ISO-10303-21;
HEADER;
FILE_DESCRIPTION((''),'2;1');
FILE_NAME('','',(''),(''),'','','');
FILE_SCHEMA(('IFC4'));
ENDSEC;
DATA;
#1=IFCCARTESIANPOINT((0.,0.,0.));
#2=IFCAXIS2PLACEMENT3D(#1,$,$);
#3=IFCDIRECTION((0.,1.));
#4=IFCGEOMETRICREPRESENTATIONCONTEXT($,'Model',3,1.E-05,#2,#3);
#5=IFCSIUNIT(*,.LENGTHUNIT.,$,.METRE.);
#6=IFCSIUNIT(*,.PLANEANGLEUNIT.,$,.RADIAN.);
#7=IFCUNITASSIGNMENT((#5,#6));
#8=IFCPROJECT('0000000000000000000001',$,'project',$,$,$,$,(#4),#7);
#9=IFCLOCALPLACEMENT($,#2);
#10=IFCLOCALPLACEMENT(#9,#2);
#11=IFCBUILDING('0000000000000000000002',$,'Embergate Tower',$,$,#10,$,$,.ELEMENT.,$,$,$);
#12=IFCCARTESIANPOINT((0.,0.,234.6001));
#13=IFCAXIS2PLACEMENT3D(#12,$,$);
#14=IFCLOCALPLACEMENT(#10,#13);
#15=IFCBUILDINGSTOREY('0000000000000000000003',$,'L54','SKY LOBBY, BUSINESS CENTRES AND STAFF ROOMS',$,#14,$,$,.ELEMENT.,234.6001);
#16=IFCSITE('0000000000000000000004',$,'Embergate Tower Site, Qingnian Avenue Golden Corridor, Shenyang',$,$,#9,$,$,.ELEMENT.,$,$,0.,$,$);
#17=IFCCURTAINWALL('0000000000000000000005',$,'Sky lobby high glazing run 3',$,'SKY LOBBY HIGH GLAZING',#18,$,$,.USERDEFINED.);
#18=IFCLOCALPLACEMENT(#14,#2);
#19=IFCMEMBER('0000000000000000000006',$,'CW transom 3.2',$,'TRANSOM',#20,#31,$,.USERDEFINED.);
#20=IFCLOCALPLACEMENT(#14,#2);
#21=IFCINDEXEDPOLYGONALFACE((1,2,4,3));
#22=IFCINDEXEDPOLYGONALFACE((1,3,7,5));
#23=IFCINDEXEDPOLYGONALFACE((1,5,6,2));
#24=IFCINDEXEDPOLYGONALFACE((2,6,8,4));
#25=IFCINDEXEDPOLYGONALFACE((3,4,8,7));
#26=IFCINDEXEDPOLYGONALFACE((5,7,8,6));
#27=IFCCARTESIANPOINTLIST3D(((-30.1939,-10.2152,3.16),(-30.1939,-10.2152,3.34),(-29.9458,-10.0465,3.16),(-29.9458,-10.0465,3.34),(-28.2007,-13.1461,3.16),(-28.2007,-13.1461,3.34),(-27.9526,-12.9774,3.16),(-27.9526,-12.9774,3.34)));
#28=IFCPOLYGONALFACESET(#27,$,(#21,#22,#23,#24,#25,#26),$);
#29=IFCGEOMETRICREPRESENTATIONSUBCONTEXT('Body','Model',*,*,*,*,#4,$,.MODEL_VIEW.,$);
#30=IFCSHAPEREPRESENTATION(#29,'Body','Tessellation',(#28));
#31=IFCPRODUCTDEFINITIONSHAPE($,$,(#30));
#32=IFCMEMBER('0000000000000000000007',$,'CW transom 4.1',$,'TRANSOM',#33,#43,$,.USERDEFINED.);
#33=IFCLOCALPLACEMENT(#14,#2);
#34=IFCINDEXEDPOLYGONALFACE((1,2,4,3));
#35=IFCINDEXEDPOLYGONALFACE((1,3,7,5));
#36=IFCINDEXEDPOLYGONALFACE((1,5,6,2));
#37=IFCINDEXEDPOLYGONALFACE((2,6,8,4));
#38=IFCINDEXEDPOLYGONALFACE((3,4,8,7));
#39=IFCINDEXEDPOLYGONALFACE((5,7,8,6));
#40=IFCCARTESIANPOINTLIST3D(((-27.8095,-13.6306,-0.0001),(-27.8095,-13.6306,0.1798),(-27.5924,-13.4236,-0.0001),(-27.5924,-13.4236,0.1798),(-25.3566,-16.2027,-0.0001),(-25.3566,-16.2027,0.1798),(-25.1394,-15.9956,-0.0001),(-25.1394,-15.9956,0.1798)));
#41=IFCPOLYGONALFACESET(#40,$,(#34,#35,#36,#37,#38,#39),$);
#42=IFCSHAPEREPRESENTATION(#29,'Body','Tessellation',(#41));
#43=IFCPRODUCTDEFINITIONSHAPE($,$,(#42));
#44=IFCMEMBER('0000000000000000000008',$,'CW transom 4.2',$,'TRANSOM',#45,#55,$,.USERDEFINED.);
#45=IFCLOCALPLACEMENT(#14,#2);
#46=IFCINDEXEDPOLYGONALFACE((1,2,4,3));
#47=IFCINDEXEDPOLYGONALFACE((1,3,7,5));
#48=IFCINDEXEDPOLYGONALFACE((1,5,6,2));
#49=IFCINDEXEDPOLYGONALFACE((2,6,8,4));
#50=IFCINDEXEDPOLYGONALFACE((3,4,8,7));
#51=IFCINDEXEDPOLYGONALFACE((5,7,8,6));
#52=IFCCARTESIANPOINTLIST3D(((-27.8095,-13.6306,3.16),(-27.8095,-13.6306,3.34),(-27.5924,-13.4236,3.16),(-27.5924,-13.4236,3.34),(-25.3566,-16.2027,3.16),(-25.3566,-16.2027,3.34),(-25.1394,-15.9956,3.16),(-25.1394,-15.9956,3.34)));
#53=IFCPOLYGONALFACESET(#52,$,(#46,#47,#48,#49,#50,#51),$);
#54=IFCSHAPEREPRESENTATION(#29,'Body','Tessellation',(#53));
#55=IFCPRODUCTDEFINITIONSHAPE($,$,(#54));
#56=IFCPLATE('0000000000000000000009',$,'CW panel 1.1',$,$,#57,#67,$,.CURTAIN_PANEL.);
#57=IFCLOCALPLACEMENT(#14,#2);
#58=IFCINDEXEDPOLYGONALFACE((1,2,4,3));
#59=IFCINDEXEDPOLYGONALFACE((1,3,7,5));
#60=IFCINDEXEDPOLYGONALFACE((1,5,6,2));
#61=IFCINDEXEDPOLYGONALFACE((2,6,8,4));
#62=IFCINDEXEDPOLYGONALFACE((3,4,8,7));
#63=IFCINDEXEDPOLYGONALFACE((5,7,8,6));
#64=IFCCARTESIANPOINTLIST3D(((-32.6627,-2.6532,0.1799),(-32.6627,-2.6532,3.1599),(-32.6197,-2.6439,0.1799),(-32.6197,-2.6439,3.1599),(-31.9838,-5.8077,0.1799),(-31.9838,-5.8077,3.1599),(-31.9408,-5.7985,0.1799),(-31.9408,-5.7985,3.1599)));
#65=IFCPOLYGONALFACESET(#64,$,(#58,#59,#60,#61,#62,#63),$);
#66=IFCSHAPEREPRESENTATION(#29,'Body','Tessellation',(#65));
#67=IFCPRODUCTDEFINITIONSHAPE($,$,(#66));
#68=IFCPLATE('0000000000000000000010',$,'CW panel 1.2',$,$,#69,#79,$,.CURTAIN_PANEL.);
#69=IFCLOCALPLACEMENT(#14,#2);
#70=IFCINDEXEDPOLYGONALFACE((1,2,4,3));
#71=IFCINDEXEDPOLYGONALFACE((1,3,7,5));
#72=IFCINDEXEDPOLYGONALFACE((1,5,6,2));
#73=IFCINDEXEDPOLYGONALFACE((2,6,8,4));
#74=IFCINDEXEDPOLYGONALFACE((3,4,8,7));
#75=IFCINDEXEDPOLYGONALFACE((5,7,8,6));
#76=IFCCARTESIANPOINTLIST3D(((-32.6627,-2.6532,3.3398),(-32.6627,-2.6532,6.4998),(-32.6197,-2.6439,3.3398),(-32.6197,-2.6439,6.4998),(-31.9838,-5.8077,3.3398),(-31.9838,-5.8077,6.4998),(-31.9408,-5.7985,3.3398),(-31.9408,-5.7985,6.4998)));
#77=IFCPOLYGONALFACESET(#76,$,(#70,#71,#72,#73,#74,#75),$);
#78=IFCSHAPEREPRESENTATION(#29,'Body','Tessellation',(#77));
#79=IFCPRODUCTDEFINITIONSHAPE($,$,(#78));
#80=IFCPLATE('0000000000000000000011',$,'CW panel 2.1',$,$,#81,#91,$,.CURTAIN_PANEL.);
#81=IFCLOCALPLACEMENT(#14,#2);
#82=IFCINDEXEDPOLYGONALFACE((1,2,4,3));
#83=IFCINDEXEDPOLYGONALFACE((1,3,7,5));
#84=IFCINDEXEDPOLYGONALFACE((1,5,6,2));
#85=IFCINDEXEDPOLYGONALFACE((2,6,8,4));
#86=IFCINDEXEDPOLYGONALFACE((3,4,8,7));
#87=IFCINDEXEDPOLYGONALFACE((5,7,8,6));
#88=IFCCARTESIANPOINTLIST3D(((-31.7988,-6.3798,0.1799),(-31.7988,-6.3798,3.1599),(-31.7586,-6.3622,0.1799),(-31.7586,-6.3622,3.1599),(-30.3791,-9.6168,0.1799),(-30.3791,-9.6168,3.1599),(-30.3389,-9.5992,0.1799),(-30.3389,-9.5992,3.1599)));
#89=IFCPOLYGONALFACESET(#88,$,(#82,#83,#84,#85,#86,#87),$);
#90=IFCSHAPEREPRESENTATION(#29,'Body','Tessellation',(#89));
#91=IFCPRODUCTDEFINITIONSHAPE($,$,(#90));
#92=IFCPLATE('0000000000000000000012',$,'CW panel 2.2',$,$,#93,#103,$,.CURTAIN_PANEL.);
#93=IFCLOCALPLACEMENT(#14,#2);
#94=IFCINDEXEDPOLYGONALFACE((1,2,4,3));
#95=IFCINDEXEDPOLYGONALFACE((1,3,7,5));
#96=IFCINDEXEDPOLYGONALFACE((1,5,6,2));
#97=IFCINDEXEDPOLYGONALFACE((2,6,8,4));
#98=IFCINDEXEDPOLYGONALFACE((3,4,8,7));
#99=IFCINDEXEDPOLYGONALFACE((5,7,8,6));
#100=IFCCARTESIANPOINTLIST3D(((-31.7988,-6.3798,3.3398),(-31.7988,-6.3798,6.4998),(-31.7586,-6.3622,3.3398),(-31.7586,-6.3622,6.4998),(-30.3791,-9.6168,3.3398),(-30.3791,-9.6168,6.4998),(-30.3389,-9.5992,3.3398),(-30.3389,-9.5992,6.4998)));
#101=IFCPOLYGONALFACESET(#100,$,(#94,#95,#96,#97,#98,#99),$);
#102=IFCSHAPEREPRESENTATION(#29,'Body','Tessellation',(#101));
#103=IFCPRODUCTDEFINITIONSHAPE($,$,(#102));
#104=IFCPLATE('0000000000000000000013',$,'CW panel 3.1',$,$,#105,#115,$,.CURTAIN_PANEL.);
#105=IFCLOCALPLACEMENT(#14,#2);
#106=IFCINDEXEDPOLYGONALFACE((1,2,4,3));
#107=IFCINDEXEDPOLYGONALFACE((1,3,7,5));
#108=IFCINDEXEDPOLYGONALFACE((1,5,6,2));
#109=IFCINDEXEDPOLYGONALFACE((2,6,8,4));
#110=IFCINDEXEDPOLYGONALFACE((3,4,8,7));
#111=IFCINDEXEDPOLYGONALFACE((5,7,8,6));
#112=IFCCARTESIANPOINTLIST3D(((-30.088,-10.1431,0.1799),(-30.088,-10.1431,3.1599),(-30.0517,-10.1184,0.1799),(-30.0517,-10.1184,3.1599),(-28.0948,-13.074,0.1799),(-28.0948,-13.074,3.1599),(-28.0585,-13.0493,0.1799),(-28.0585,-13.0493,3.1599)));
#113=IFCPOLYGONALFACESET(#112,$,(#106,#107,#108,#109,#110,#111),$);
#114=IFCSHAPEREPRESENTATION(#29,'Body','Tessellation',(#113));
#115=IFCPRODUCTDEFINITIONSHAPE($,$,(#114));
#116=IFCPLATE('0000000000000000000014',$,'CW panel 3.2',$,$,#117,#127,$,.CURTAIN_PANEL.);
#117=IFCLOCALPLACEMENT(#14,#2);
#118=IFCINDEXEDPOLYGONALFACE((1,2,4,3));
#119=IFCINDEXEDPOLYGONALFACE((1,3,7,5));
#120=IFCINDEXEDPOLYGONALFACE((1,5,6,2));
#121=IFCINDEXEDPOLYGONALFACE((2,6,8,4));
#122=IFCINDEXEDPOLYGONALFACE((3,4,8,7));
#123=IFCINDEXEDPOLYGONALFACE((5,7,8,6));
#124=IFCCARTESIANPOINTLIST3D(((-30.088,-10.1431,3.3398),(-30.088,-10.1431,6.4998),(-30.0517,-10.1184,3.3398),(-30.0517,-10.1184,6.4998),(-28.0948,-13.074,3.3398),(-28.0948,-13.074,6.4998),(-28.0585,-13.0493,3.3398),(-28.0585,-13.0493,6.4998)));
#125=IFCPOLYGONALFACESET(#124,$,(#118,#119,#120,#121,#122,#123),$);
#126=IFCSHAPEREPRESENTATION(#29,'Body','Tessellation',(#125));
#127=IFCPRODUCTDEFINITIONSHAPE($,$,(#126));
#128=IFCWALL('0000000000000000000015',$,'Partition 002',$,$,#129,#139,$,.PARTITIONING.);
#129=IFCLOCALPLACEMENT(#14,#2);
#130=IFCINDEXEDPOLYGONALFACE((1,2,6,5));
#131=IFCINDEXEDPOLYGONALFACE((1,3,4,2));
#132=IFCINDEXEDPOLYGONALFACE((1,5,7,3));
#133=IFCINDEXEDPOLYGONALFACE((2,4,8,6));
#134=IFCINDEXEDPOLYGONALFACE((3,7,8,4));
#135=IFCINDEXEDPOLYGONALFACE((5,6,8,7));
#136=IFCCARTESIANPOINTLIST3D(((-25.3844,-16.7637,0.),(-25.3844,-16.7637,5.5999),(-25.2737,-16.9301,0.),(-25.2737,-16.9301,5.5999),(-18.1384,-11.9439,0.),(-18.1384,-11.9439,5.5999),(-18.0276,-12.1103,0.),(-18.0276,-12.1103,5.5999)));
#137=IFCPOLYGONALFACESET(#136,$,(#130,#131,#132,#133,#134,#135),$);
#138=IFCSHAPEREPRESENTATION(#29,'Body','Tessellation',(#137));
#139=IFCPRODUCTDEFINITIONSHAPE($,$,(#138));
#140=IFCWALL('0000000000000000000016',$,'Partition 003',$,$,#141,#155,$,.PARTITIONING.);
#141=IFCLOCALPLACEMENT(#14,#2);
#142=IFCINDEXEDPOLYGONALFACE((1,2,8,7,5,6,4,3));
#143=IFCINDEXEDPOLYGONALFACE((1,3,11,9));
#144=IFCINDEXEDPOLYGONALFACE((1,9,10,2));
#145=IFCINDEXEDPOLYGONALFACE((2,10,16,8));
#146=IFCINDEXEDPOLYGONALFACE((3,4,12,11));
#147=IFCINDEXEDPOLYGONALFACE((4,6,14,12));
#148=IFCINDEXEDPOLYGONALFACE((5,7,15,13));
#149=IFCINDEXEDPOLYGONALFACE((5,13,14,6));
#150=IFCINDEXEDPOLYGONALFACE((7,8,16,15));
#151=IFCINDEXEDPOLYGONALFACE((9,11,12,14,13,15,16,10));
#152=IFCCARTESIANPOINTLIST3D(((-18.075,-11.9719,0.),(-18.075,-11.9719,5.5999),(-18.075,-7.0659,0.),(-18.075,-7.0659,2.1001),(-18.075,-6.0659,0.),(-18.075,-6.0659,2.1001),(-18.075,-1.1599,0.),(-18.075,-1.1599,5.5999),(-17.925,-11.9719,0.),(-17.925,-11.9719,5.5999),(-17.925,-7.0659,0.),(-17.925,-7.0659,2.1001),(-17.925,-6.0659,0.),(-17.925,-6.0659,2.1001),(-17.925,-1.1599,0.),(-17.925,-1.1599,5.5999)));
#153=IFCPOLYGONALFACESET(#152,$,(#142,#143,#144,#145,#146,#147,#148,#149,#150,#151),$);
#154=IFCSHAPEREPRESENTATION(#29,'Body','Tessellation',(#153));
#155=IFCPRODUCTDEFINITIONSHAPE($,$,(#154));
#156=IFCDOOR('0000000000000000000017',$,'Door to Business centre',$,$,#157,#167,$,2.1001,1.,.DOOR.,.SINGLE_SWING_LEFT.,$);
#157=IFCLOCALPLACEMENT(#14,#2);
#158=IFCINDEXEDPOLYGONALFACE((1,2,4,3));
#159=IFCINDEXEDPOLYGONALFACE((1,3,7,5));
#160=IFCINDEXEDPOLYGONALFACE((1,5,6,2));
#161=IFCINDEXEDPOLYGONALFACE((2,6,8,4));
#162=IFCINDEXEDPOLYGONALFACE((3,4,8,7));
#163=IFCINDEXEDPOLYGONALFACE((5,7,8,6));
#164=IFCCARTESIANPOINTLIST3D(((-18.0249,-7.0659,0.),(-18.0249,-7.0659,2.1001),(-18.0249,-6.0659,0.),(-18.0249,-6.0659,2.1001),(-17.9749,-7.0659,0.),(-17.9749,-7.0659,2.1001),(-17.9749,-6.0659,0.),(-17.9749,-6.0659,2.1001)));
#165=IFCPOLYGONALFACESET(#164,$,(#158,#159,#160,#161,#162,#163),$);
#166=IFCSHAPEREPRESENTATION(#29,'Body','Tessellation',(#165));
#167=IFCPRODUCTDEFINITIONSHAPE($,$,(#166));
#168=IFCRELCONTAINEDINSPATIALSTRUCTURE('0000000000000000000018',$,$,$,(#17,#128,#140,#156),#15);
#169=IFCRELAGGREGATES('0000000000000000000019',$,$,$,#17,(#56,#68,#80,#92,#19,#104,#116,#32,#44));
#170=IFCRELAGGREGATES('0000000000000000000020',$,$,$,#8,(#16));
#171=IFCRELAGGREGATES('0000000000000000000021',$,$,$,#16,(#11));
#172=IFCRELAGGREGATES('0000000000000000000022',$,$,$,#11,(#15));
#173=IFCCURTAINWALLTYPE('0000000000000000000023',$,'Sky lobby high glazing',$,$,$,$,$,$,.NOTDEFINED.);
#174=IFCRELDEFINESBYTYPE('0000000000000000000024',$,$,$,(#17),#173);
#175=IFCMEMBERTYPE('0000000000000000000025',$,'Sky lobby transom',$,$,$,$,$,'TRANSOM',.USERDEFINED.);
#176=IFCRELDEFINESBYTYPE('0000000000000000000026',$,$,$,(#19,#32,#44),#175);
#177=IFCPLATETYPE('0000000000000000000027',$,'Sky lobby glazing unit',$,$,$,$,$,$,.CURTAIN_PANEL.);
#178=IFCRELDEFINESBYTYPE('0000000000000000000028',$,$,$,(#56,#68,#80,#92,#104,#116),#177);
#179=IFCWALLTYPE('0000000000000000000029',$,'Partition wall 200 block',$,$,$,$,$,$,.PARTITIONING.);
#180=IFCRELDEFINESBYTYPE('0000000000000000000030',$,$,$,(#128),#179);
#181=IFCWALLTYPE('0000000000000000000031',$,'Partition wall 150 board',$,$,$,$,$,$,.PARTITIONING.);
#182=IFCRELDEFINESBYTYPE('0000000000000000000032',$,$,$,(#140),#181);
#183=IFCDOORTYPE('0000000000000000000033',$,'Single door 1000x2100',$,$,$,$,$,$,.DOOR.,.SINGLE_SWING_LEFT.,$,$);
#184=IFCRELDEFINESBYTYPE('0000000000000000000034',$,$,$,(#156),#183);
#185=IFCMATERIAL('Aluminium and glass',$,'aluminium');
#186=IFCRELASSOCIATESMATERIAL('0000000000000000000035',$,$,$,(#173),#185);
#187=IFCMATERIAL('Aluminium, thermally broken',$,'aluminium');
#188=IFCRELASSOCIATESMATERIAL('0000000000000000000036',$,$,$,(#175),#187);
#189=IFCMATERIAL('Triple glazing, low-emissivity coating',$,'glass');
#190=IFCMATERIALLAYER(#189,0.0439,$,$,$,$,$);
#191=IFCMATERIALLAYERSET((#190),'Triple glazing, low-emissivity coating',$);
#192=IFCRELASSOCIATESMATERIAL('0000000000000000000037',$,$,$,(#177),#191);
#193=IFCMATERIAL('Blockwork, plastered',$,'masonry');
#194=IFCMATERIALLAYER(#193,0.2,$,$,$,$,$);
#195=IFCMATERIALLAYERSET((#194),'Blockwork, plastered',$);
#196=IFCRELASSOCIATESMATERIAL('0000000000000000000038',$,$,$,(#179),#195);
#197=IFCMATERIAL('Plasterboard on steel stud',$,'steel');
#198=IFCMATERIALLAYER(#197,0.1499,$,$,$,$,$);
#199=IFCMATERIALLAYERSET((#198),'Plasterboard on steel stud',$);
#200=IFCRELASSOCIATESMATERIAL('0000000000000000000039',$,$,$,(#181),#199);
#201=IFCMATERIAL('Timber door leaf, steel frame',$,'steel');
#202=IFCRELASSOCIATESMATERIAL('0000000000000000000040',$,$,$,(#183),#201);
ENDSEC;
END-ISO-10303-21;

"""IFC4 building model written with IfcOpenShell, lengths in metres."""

from ifc_helpers import new_model, si_unit, direction, frame, frame_2d, origin, origin_2d, place, context, subcontext, project, spatial, rectangle, extrude, source, transform, mapped, material, layer, layer_set, material_profile, profile_set, type_object, element, fill, aggregate, save


model = new_model("IFC4")

# Units and contexts
model_context = context("Model", 3, precision=1e-05, world=origin(), true_north=direction((0.0, 1.0)))
body_context = subcontext(model_context, "Body", "Model", "MODEL_VIEW")
ifc_project = project(units=[si_unit("LENGTHUNIT", "METRE"), si_unit("PLANEANGLEUNIT", "RADIAN")], contexts=[model_context])

# Site, building, storey
site_placement = place(None, origin())
site = spatial("IfcSite", under=ifc_project, at=site_placement, Name="Embergate Tower Site, Qingnian Avenue Golden Corridor, Shenyang", CompositionType="ELEMENT", RefElevation=0.0)
building_placement = place(site_placement, origin())
building = spatial("IfcBuilding", under=site, at=building_placement, Name="Embergate Tower", CompositionType="ELEMENT")
storey_placement = place(building_placement, frame((0.0, 0.0, 234.6001)))
storey = spatial("IfcBuildingStorey", under=building, at=storey_placement, Name="L54", Description="SKY LOBBY, BUSINESS CENTRES AND STAFF ROOMS", CompositionType="ELEMENT", Elevation=234.6001)

# Shared definitions
ifc_material_1 = material(Name="Aluminium and glass", Category="aluminium")
curtain_wall_type = type_object("IfcCurtainWallType", Name="Sky lobby high glazing", PredefinedType="NOTDEFINED", material=ifc_material_1)
ifc_material_2 = material(Name="Aluminium, thermally broken", Category="aluminium")

# Curtain wall, members, plates
curtain_wall_1_placement = place(storey_placement, origin())
curtain_wall_1 = element("IfcCurtainWall", 1, at=curtain_wall_1_placement, inside=storey, type_object=curtain_wall_type, Name="Sky lobby high glazing run 3", ObjectType="SKY LOBBY HIGH GLAZING", PredefinedType="USERDEFINED")
ifc_material_profile_1 = material_profile(ifc_material_2, rectangle(XDim=0.3, YDim=0.1799, at=origin_2d()), Name="AL 180x300")
ifc_profile_set_1 = profile_set([ifc_material_profile_1], Name="Aluminium, thermally broken")
member_type_1 = type_object("IfcMemberType", Name="Sky lobby transom", ElementType="TRANSOM", PredefinedType="USERDEFINED", material=ifc_profile_set_1)
shared_shape_1 = source(origin(), body_context, "Body", "SweptSolid", [
    extrude(rectangle(XDim=0.3, YDim=0.1799, at=origin_2d()), origin(), (0.0, 0.0, 1.0), 3.5444),
])
member_1_placement = place(storey_placement, frame((-30.0698, -10.1309, 3.25), z_axis=(0.562338, -0.826907, 0.0), x_axis=(0.826907, 0.562338, 0.0)))
member_1 = element("IfcMember", 2, at=member_1_placement, type_object=member_type_1, Name="CW transom 3.2", ObjectType="TRANSOM", PredefinedType="USERDEFINED", context=body_context, shape_type="MappedRepresentation", body=[
    mapped(shared_shape_1, transform((0.0, 0.0, 0.0))),
])
shared_shape_2 = source(origin(), body_context, "Body", "SweptSolid", [
    extrude(rectangle(XDim=0.3, YDim=0.1799, at=origin_2d()), origin(), (0.0, 0.0, 1.0), 3.5542),
])
member_2_placement = place(storey_placement, frame((-27.7009, -13.5271, 0.0898), z_axis=(0.690147, -0.723669, 0.0), x_axis=(0.723669, 0.690147, 0.0)))
member_2 = element("IfcMember", 3, at=member_2_placement, type_object=member_type_1, Name="CW transom 4.1", ObjectType="TRANSOM", PredefinedType="USERDEFINED", context=body_context, shape_type="MappedRepresentation", body=[
    mapped(shared_shape_2, transform((0.0, 0.0, 0.0))),
])
member_3_placement = place(storey_placement, frame((-27.7009, -13.5271, 3.25), z_axis=(0.690147, -0.723669, 0.0), x_axis=(0.723669, 0.690147, 0.0)))
member_3 = element("IfcMember", 4, at=member_3_placement, type_object=member_type_1, Name="CW transom 4.2", ObjectType="TRANSOM", PredefinedType="USERDEFINED", context=body_context, shape_type="MappedRepresentation", body=[
    mapped(shared_shape_2, transform((0.0, 0.0, 0.0))),
])
ifc_material_3 = material(Name="Triple glazing, low-emissivity coating", Category="glass")
ifc_layer_1 = layer(ifc_material_3, 0.0439)
ifc_layer_set_1 = layer_set([ifc_layer_1], Name="Triple glazing, low-emissivity coating")
plate_type = type_object("IfcPlateType", Name="Sky lobby glazing unit", PredefinedType="CURTAIN_PANEL", material=ifc_layer_set_1)
shared_shape_3 = source(origin(), body_context, "Body", "SweptSolid", [
    extrude(rectangle(XDim=3.2268, YDim=0.0439, at=origin_2d()), origin(), (0.0, 0.0, 1.0), 2.98),
])
plate_1_placement = place(storey_placement, frame((-32.3018, -4.2258, 0.1799), z_axis=(0.0, 0.0, 1.0), x_axis=(0.210402, -0.977615, 0.0)))
plate_1 = element("IfcPlate", 5, at=plate_1_placement, type_object=plate_type, Name="CW panel 1.1", PredefinedType="CURTAIN_PANEL", context=body_context, shape_type="MappedRepresentation", body=[
    mapped(shared_shape_3, transform((0.0, 0.0, 0.0))),
])
shared_shape_4 = source(origin(), body_context, "Body", "SweptSolid", [
    extrude(rectangle(XDim=3.2268, YDim=0.0439, at=origin_2d()), origin(), (0.0, 0.0, 1.0), 3.1599),
])
plate_2_placement = place(storey_placement, frame((-32.3018, -4.2258, 3.3398), z_axis=(0.0, 0.0, 1.0), x_axis=(0.210402, -0.977615, 0.0)))
plate_2 = element("IfcPlate", 6, at=plate_2_placement, type_object=plate_type, Name="CW panel 1.2", PredefinedType="CURTAIN_PANEL", context=body_context, shape_type="MappedRepresentation", body=[
    mapped(shared_shape_4, transform((0.0, 0.0, 0.0))),
])
shared_shape_5 = source(origin(), body_context, "Body", "SweptSolid", [
    extrude(rectangle(XDim=3.5347, YDim=0.0439, at=origin_2d()), origin(), (0.0, 0.0, 1.0), 2.98),
])
plate_3_placement = place(storey_placement, frame((-31.0688, -7.9895, 0.1799), z_axis=(0.0, 0.0, 1.0), x_axis=(0.401657, -0.91579, 0.0)))
plate_3 = element("IfcPlate", 7, at=plate_3_placement, type_object=plate_type, Name="CW panel 2.1", PredefinedType="CURTAIN_PANEL", context=body_context, shape_type="MappedRepresentation", body=[
    mapped(shared_shape_5, transform((0.0, 0.0, 0.0))),
])
shared_shape_6 = source(origin(), body_context, "Body", "SweptSolid", [
    extrude(rectangle(XDim=3.5347, YDim=0.0439, at=origin_2d()), origin(), (0.0, 0.0, 1.0), 3.1599),
])
plate_4_placement = place(storey_placement, frame((-31.0688, -7.9895, 3.3398), z_axis=(0.0, 0.0, 1.0), x_axis=(0.401657, -0.91579, 0.0)))
plate_4 = element("IfcPlate", 8, at=plate_4_placement, type_object=plate_type, Name="CW panel 2.2", PredefinedType="CURTAIN_PANEL", context=body_context, shape_type="MappedRepresentation", body=[
    mapped(shared_shape_6, transform((0.0, 0.0, 0.0))),
])
shared_shape_7 = source(origin(), body_context, "Body", "SweptSolid", [
    extrude(rectangle(XDim=3.5444, YDim=0.0439, at=origin_2d()), origin(), (0.0, 0.0, 1.0), 2.98),
])
plate_5_placement = place(storey_placement, frame((-29.0732, -11.5962, 0.1799), z_axis=(0.0, 0.0, 1.0), x_axis=(0.562346, -0.826902, 0.0)))
plate_5 = element("IfcPlate", 9, at=plate_5_placement, type_object=plate_type, Name="CW panel 3.1", PredefinedType="CURTAIN_PANEL", context=body_context, shape_type="MappedRepresentation", body=[
    mapped(shared_shape_7, transform((0.0, 0.0, 0.0))),
])
shared_shape_8 = source(origin(), body_context, "Body", "SweptSolid", [
    extrude(rectangle(XDim=3.5444, YDim=0.0439, at=origin_2d()), origin(), (0.0, 0.0, 1.0), 3.1599),
])
plate_6_placement = place(storey_placement, frame((-29.0732, -11.5962, 3.3398), z_axis=(0.0, 0.0, 1.0), x_axis=(0.562346, -0.826902, 0.0)))
plate_6 = element("IfcPlate", 10, at=plate_6_placement, type_object=plate_type, Name="CW panel 3.2", PredefinedType="CURTAIN_PANEL", context=body_context, shape_type="MappedRepresentation", body=[
    mapped(shared_shape_8, transform((0.0, 0.0, 0.0))),
])
aggregate(curtain_wall_1, [plate_1, plate_2, plate_3, plate_4, member_1, plate_5, plate_6, member_2, member_3])

# Wall
ifc_material_4 = material(Name="Blockwork, plastered", Category="masonry")
ifc_layer_2 = layer(ifc_material_4, 0.2)
ifc_layer_set_2 = layer_set([ifc_layer_2], Name="Blockwork, plastered")
wall_type_1 = type_object("IfcWallType", Name="Partition wall 200 block", PredefinedType="PARTITIONING", material=ifc_layer_set_2)
shared_shape_9 = source(origin(), body_context, "Body", "SweptSolid", [
    extrude(rectangle(XDim=8.7026, YDim=0.2, at=frame_2d((4.3513, 0.0))), origin(), (0.0, 0.0, 1.0), 5.5999),
])
wall_1_placement = place(storey_placement, frame((-18.083, -12.0271, 0.0), z_axis=(0.0, 0.0, 1.0), x_axis=(-0.832628, -0.553832, 0.0)))
element("IfcWall", 11, at=wall_1_placement, inside=storey, type_object=wall_type_1, Name="Partition 002", PredefinedType="PARTITIONING", context=body_context, shape_type="MappedRepresentation", body=[
    mapped(shared_shape_9, transform((0.0, 0.0, 0.0))),
])

# Wall, opening, door
ifc_material_5 = material(Name="Plasterboard on steel stud", Category="steel")
ifc_layer_3 = layer(ifc_material_5, 0.1499)
ifc_layer_set_3 = layer_set([ifc_layer_3], Name="Plasterboard on steel stud")
wall_type_2 = type_object("IfcWallType", Name="Partition wall 150 board", PredefinedType="PARTITIONING", material=ifc_layer_set_3)
shared_shape_10 = source(origin(), body_context, "Body", "SweptSolid", [
    extrude(rectangle(XDim=10.812, YDim=0.1499, at=frame_2d((5.406, 0.0))), origin(), (0.0, 0.0, 1.0), 5.5999),
])
wall_2_placement = place(storey_placement, frame((-18.0, -11.9719, 0.0), z_axis=(0.0, 0.0, 1.0), x_axis=(0.0, 1.0, 0.0)))
wall_2 = element("IfcWall", 12, at=wall_2_placement, inside=storey, type_object=wall_type_2, Name="Partition 003", PredefinedType="PARTITIONING", context=body_context, shape_type="MappedRepresentation", body=[
    mapped(shared_shape_10, transform((0.0, 0.0, 0.0))),
])
shared_shape_11 = source(origin(), body_context, "Body", "SweptSolid", [
    extrude(rectangle(XDim=1.0, YDim=2.1001, at=frame_2d((0.5, 1.05))), frame((0.0, 0.085, 0.0), z_axis=(0.0, -1.0, 0.0), x_axis=(1.0, 0.0, 0.0)), (0.0, 0.0, 1.0), 0.1699),
])
opening_placement = place(wall_2_placement, frame((4.906, 0.0, 0.0)))
opening = element("IfcOpeningElement", 13, at=opening_placement, cuts=wall_2, PredefinedType="OPENING", context=body_context, shape_type="MappedRepresentation", body=[
    mapped(shared_shape_11, transform((0.0, 0.0, 0.0))),
])
ifc_material_6 = material(Name="Timber door leaf, steel frame", Category="steel")
door_type = type_object("IfcDoorType", Name="Single door 1000x2100", OperationType="SINGLE_SWING_LEFT", PredefinedType="DOOR", material=ifc_material_6)
shared_shape_12 = source(origin(), body_context, "Body", "SweptSolid", [
    extrude(rectangle(XDim=1.0, YDim=2.1001, at=frame_2d((0.5, 1.05))), frame((0.0, 0.0249, 0.0), z_axis=(0.0, -1.0, 0.0), x_axis=(1.0, 0.0, 0.0)), (0.0, 0.0, 1.0), 0.05),
])
door_placement = place(opening_placement, origin())
door = element("IfcDoor", 14, at=door_placement, inside=storey, type_object=door_type, Name="Door to Business centre", OperationType="SINGLE_SWING_LEFT", OverallHeight=2.1001, OverallWidth=1.0, PredefinedType="DOOR", context=body_context, shape_type="MappedRepresentation", body=[
    mapped(shared_shape_12, transform((0.0, 0.0, 0.0))),
])
fill(opening, door)

save(model, "model.ifc")
